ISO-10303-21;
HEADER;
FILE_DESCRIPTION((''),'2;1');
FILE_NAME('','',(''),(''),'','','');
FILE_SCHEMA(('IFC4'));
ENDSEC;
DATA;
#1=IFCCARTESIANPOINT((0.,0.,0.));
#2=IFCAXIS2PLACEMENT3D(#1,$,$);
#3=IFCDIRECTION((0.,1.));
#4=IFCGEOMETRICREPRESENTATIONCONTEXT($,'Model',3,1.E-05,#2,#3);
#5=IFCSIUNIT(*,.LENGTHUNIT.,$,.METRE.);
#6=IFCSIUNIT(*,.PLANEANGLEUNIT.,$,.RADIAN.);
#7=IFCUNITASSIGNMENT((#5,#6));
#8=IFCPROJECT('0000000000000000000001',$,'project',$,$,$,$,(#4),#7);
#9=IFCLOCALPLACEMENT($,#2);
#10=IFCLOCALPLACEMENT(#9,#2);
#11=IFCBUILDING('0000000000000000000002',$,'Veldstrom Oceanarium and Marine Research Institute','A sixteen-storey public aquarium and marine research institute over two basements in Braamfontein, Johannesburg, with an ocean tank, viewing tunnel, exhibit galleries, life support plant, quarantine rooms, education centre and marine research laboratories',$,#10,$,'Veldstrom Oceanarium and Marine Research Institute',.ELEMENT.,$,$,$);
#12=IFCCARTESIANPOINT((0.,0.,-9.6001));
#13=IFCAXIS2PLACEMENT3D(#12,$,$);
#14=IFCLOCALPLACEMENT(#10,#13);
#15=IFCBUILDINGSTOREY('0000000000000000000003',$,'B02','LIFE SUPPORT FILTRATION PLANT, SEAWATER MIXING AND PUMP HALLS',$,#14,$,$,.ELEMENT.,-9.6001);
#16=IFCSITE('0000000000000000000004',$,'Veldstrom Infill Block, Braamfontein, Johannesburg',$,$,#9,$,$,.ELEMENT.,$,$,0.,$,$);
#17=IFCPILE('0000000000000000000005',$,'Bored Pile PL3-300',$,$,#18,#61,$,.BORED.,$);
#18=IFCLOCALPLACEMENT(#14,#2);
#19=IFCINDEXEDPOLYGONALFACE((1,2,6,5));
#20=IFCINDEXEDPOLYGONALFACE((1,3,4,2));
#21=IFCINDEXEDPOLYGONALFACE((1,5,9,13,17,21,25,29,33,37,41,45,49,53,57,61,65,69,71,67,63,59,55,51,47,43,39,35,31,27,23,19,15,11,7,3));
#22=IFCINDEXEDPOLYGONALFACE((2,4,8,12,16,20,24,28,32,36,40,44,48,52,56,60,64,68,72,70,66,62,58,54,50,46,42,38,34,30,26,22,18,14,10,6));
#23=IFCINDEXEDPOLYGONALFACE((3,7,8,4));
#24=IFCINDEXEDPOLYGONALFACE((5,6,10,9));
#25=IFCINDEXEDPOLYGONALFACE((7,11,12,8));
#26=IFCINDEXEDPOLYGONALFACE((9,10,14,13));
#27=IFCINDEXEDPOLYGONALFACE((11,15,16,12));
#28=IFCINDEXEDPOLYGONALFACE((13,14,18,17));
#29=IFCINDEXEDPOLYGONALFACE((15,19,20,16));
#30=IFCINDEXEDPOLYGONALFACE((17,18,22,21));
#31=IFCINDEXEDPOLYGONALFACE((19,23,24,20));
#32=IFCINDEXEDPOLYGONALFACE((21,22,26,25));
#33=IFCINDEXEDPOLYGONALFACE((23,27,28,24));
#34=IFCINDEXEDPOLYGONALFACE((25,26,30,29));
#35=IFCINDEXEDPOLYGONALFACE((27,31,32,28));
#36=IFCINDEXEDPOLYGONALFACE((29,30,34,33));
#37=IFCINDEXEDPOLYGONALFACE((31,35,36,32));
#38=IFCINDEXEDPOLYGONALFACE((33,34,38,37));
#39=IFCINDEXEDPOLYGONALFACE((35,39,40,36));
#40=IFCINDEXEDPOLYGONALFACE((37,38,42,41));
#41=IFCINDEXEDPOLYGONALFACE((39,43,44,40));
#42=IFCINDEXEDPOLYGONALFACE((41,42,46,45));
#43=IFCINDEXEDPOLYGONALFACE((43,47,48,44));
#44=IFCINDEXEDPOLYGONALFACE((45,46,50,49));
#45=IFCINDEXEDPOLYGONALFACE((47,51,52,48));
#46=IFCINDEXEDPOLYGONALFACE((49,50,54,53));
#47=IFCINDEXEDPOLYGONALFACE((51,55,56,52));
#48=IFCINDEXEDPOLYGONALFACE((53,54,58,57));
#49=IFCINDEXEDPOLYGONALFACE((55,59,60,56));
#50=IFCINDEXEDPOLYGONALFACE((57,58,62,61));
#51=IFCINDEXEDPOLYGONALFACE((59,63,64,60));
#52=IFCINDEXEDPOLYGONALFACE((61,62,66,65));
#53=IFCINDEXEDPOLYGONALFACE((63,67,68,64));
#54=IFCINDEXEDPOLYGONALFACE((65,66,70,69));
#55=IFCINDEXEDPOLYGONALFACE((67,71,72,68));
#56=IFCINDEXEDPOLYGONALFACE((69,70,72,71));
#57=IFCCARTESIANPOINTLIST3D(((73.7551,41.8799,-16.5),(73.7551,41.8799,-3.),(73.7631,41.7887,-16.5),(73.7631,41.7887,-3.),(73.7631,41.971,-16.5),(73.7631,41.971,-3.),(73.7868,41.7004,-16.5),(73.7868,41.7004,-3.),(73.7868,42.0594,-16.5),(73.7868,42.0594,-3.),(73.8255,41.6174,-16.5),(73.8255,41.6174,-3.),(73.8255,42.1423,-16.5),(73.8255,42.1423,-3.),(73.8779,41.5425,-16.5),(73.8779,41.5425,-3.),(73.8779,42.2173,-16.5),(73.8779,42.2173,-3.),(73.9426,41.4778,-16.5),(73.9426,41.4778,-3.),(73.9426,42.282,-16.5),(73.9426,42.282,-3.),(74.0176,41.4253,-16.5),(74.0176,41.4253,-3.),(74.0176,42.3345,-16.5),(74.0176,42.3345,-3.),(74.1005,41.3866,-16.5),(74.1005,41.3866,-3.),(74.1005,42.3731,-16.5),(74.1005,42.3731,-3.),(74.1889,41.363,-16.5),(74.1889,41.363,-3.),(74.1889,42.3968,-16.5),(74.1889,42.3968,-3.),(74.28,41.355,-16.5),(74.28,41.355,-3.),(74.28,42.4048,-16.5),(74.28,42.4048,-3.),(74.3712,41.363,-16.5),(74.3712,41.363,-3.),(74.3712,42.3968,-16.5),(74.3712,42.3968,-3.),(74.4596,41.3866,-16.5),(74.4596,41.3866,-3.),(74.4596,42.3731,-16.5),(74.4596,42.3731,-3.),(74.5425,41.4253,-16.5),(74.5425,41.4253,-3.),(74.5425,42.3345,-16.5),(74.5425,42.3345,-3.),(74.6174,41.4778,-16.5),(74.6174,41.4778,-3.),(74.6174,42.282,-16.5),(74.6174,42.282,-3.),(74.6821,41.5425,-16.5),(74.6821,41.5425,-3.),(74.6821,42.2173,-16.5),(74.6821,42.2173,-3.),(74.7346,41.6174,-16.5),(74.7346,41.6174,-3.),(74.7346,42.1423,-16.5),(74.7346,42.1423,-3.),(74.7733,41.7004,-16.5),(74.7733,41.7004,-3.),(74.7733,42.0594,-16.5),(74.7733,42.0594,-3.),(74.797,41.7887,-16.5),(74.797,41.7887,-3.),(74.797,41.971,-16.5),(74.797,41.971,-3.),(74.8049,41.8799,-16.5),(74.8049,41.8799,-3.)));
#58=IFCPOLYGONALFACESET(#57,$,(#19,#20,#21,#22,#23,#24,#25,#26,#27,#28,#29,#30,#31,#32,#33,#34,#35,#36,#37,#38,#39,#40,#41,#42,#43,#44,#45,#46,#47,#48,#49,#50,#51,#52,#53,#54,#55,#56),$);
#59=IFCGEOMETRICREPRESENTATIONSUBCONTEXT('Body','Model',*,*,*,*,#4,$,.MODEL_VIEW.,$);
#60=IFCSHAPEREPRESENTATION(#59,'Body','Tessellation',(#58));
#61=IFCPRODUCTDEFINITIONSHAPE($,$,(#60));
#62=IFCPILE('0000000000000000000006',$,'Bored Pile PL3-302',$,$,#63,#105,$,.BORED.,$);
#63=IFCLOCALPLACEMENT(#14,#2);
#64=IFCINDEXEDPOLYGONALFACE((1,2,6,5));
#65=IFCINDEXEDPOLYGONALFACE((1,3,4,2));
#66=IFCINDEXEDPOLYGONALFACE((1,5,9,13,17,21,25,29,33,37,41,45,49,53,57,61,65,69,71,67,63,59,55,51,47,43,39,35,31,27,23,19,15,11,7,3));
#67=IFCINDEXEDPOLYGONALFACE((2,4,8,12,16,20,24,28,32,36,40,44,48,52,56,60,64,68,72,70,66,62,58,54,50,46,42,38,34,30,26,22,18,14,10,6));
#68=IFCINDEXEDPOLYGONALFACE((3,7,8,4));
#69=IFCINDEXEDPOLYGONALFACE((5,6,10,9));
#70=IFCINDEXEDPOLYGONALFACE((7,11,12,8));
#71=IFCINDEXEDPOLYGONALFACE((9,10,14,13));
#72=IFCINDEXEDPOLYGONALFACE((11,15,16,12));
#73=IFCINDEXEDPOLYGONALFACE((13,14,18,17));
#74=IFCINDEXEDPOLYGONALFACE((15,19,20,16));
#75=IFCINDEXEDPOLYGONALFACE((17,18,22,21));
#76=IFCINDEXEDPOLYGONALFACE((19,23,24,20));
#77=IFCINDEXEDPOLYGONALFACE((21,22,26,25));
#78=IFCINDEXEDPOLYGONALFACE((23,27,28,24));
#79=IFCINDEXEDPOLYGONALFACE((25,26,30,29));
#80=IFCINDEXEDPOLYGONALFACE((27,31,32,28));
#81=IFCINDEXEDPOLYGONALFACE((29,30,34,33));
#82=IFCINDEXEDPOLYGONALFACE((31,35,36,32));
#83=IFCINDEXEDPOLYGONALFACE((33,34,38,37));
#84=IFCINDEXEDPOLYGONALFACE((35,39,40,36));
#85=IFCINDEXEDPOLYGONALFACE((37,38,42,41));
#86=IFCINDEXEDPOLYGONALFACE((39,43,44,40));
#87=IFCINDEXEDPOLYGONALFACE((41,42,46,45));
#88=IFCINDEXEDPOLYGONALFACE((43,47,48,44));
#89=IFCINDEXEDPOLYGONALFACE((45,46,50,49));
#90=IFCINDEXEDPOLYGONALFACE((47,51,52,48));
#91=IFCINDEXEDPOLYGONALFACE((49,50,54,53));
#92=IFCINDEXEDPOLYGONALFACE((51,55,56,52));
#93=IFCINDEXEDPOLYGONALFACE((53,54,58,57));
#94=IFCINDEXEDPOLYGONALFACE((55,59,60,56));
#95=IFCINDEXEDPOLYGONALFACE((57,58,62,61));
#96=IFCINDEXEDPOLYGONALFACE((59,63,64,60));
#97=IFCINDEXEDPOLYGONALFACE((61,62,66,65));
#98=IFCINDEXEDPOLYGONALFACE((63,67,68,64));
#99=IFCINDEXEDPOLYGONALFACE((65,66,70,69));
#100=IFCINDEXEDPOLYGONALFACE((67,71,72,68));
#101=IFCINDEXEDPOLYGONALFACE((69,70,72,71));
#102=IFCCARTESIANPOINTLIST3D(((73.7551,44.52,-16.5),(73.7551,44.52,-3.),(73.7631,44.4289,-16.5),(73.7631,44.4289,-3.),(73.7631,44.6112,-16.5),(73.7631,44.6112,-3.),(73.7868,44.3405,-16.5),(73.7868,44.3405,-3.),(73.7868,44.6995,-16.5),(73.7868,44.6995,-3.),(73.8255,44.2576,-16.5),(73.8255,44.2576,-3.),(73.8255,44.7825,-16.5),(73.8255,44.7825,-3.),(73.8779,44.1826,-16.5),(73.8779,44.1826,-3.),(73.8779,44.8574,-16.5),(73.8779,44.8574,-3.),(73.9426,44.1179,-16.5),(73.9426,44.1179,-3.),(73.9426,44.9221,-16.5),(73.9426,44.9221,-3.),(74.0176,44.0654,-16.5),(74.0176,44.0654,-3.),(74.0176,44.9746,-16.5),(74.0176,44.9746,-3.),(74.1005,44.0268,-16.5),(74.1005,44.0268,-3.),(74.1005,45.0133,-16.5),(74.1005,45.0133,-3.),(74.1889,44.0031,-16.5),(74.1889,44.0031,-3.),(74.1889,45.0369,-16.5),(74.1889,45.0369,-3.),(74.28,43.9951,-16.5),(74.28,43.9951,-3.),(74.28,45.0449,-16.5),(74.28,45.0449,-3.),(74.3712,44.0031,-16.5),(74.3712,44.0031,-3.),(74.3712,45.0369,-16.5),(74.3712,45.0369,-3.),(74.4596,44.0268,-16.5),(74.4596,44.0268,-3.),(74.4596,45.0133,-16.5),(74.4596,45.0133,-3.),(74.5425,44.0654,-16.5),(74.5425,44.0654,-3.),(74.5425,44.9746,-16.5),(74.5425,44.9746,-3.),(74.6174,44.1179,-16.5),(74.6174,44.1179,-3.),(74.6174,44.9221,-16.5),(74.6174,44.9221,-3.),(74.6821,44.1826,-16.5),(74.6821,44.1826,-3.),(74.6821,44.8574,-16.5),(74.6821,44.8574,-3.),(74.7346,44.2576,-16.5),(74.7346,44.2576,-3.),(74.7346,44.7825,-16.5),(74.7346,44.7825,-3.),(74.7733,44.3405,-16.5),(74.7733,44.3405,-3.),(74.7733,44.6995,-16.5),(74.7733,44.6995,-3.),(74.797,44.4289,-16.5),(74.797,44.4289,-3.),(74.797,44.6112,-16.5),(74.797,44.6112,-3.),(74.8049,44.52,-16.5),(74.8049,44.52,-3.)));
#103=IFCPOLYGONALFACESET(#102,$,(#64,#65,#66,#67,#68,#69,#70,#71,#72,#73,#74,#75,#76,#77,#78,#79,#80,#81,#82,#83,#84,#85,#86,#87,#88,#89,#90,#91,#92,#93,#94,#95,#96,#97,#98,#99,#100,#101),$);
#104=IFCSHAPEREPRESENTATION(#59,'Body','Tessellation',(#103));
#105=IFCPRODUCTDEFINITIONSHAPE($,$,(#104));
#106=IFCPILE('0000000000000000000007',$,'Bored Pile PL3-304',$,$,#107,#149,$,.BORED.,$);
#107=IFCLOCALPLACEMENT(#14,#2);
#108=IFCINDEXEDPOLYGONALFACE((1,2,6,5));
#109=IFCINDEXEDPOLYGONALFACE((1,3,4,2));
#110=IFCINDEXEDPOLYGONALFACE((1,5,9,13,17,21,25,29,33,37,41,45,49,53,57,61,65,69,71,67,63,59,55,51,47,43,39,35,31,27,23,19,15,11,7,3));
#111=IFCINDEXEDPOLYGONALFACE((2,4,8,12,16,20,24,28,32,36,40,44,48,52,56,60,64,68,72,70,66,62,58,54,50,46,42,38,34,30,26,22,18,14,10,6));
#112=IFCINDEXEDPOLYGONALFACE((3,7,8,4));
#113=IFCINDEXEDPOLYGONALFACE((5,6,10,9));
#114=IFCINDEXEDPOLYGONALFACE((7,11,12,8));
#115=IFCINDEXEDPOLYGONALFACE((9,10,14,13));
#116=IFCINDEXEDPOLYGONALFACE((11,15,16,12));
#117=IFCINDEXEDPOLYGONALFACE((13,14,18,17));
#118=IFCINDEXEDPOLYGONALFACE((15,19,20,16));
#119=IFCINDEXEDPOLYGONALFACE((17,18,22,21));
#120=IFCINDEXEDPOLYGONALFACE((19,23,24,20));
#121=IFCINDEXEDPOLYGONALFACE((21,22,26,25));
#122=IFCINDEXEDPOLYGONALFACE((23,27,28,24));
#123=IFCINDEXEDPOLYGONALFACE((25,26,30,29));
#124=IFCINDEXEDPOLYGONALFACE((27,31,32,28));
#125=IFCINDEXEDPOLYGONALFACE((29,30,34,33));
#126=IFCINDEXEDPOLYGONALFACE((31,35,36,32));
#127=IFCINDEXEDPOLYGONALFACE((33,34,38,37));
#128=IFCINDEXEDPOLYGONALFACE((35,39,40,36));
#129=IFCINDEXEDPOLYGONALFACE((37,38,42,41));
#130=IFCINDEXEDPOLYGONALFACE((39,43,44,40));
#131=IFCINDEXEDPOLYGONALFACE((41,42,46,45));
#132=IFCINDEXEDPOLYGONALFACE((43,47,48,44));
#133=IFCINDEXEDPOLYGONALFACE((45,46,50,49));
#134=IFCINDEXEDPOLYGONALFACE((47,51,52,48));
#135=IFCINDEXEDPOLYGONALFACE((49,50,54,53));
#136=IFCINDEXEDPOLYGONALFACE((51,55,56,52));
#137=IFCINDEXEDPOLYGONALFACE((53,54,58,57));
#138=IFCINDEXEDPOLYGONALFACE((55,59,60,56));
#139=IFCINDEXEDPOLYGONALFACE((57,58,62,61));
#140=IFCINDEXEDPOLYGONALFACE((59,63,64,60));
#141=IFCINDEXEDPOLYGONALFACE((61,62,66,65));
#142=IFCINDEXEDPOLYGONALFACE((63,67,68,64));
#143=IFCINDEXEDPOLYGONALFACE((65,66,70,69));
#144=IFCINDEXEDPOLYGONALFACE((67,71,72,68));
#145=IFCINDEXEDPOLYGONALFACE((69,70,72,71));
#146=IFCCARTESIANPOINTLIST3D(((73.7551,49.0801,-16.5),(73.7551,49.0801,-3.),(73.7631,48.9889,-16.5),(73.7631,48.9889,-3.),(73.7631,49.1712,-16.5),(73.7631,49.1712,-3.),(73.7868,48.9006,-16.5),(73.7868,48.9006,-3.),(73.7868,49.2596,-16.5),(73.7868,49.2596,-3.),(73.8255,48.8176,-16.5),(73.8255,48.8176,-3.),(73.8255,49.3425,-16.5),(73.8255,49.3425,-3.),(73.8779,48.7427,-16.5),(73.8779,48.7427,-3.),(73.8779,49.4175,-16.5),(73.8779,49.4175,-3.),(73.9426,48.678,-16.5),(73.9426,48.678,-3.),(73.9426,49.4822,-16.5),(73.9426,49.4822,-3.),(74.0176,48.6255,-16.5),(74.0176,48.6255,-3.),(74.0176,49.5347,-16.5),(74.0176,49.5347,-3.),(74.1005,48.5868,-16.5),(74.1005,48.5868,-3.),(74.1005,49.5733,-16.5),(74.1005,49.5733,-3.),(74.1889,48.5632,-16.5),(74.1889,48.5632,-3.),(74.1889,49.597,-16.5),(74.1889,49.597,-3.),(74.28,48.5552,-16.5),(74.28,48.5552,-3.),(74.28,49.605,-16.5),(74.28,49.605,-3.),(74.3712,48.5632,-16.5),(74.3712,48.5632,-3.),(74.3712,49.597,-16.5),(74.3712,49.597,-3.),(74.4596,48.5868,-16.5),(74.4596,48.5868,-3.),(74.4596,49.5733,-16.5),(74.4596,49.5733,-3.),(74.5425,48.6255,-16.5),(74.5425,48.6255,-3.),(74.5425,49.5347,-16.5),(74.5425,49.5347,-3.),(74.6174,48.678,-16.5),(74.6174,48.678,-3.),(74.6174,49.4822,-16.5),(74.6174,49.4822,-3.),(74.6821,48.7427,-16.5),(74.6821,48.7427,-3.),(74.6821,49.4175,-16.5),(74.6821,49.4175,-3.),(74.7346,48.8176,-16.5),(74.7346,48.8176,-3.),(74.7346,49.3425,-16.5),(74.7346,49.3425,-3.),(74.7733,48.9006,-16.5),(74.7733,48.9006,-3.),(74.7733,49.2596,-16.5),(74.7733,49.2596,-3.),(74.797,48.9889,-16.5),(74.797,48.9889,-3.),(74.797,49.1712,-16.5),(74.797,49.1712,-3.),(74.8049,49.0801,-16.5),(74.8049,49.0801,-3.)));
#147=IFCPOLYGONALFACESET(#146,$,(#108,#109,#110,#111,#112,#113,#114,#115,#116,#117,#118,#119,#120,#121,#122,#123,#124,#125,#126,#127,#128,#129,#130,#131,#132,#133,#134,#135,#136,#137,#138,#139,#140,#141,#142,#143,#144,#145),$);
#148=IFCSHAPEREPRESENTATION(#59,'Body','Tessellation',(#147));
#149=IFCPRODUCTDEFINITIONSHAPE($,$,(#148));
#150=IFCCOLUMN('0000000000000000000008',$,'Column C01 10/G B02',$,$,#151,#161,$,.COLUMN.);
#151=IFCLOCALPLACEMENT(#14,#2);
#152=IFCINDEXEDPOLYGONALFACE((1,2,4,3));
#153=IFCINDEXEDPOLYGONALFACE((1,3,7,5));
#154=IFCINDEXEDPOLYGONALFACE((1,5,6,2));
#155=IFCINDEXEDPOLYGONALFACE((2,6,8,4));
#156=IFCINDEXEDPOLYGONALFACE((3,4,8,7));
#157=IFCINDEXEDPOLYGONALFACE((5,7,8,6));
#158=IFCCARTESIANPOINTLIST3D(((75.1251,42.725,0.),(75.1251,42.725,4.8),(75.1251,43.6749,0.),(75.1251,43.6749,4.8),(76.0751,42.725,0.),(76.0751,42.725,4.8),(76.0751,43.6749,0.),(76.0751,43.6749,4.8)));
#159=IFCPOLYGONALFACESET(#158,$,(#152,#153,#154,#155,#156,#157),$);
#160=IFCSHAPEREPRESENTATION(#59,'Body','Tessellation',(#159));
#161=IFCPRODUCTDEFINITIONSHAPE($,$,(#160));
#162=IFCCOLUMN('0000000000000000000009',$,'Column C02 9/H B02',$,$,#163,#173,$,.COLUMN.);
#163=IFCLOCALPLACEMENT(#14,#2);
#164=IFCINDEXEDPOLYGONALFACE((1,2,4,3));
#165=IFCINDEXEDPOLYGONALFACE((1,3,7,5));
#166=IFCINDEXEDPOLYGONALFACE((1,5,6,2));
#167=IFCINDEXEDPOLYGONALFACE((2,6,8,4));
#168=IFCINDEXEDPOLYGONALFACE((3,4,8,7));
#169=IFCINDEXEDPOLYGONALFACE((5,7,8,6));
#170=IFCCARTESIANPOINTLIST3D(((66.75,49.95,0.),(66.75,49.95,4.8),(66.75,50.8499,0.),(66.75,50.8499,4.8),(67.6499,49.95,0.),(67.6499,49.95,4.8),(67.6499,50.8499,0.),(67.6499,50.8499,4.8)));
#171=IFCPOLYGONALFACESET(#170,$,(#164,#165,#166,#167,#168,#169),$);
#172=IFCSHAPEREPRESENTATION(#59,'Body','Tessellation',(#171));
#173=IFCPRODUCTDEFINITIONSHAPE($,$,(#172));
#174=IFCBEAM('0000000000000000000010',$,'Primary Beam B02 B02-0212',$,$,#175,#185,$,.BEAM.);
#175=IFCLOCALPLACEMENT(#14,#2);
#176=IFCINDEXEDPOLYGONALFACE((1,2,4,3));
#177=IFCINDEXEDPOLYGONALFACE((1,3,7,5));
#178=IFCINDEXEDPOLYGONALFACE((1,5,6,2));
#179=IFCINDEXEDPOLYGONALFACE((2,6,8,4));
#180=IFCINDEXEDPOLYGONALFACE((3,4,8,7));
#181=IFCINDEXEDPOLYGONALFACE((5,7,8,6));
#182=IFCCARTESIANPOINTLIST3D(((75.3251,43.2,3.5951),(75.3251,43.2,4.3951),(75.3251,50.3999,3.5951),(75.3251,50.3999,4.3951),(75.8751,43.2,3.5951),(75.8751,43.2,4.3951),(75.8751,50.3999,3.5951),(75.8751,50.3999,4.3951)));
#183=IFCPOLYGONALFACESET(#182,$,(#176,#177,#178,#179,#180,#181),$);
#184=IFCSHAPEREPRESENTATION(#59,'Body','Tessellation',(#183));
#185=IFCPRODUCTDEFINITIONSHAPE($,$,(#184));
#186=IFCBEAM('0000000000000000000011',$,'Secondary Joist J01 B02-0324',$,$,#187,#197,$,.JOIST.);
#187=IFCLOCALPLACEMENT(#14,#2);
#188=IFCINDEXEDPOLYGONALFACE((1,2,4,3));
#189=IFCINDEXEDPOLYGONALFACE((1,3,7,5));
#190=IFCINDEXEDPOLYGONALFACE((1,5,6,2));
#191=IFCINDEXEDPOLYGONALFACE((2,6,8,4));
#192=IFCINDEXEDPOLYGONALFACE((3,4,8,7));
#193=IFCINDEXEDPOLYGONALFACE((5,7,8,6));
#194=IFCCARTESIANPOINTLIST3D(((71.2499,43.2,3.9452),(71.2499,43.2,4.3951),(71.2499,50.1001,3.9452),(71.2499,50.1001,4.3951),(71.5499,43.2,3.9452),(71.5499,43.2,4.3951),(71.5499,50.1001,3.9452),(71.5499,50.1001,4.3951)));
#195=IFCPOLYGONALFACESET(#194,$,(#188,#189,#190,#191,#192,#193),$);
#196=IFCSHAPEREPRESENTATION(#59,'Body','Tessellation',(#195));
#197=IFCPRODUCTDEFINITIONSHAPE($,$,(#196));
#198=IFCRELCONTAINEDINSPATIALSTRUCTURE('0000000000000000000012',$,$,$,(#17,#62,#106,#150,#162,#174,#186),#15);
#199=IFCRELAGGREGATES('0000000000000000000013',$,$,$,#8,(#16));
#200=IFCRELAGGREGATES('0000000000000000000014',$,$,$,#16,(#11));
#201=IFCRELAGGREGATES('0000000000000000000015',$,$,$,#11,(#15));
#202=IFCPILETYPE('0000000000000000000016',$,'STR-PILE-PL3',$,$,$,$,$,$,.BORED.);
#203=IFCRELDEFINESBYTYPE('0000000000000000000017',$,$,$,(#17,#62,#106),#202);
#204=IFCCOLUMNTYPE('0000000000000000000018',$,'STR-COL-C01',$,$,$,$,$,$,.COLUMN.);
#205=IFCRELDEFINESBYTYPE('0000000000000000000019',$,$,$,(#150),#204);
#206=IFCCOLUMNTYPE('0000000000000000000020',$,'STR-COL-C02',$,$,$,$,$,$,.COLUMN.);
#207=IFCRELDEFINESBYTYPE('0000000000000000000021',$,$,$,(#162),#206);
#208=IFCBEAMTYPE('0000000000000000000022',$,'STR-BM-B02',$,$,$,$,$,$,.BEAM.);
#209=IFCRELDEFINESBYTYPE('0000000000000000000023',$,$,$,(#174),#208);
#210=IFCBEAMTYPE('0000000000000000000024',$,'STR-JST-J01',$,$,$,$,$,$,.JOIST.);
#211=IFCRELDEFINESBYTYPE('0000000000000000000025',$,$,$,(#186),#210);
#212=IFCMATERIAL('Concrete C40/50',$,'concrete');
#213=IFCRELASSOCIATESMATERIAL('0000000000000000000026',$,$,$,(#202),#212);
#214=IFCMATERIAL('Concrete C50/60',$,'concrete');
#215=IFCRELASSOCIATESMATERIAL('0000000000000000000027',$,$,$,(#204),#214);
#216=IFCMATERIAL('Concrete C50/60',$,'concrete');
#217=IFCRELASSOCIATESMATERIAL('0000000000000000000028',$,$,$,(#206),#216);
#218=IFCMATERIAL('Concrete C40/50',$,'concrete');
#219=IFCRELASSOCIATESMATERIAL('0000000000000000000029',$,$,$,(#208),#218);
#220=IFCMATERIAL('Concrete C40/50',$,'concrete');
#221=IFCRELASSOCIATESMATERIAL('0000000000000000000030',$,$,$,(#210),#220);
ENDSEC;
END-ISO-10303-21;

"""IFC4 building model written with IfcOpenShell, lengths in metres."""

from ifc_helpers import new_model, si_unit, direction, frame, origin, origin_2d, place, context, subcontext, project, spatial, rectangle, circle, extrude, material, material_profile, profile_set, type_object, element, save


model = new_model("IFC4")

# Units and contexts
model_context = context("Model", 3, precision=1e-05, world=origin(), true_north=direction((0.0, 1.0)))
body_context = subcontext(model_context, "Body", "Model", "MODEL_VIEW")
ifc_project = project(units=[si_unit("LENGTHUNIT", "METRE"), si_unit("PLANEANGLEUNIT", "RADIAN")], contexts=[model_context])

# Site, building, storey
site_placement = place(None, origin())
site = spatial("IfcSite", under=ifc_project, at=site_placement, Name="Veldstrom Infill Block, Braamfontein, Johannesburg", CompositionType="ELEMENT", RefElevation=0.0)
building_placement = place(site_placement, origin())
building = spatial("IfcBuilding", under=site, at=building_placement, Name="Veldstrom Oceanarium and Marine Research Institute", Description="A sixteen-storey public aquarium and marine research institute over two basements in Braamfontein, Johannesburg, with an ocean tank, viewing tunnel, exhibit galleries, life support plant, quarantine rooms, education centre and marine research laboratories", LongName="Veldstrom Oceanarium and Marine Research Institute", CompositionType="ELEMENT")
storey_placement = place(building_placement, frame((0.0, 0.0, -9.6001)))
storey = spatial("IfcBuildingStorey", under=building, at=storey_placement, Name="B02", Description="LIFE SUPPORT FILTRATION PLANT, SEAWATER MIXING AND PUMP HALLS", CompositionType="ELEMENT", Elevation=-9.6001)

# Piles
ifc_material_1 = material(Name="Concrete C40/50", Category="concrete")
ifc_material_profile_1 = material_profile(ifc_material_1, circle(Radius=0.5249, at=origin_2d()), Name="PILE-D1050")
ifc_profile_set_1 = profile_set([ifc_material_profile_1], Name="Concrete C40/50")
pile_type_1 = type_object("IfcPileType", Name="STR-PILE-PL3", PredefinedType="BORED", material=ifc_profile_set_1)
for number, where, z_axis, x_axis, name in (
    (1, (74.28, 41.8799, -3.0), (0.0, 0.0, -1.0), (1.0, 0.0, 0.0), "Bored Pile PL3-300"),
    (2, (74.28, 44.52, -3.0), (0.0, 0.0, -1.0), (1.0, 0.0, 0.0), "Bored Pile PL3-302"),
    (3, (74.28, 49.0801, -3.0), (0.0, 0.0, -1.0), (1.0, 0.0, 0.0), "Bored Pile PL3-304"),
):
    element("IfcPile", number, at=place(storey_placement, frame(where, z_axis=z_axis, x_axis=x_axis)), inside=storey, type_object=pile_type_1, Name=name, PredefinedType="BORED", context=body_context, shape_type="SweptSolid", body=[
        extrude(circle(Radius=0.5249, at=origin_2d()), origin(), (0.0, 0.0, 1.0), 13.5),
    ])

# Columns
ifc_material_2 = material(Name="Concrete C50/60", Category="concrete")
ifc_material_profile_2 = material_profile(ifc_material_2, rectangle(XDim=0.95, YDim=0.95, at=origin_2d()), Name="RC-COL-950x950")
ifc_profile_set_2 = profile_set([ifc_material_profile_2], Name="Concrete C50/60")
column_type_1 = type_object("IfcColumnType", Name="STR-COL-C01", PredefinedType="COLUMN", material=ifc_profile_set_2)
column_1_placement = place(storey_placement, frame((75.6001, 43.2, 0.0), z_axis=(0.0, 0.0, 1.0), x_axis=(1.0, 0.0, 0.0)))
element("IfcColumn", 4, at=column_1_placement, inside=storey, type_object=column_type_1, Name="Column C01 10/G B02", PredefinedType="COLUMN", context=body_context, shape_type="SweptSolid", body=[
    extrude(rectangle(XDim=0.95, YDim=0.95, at=origin_2d()), origin(), (0.0, 0.0, 1.0), 4.8),
])
ifc_material_3 = material(Name="Concrete C50/60", Category="concrete")
ifc_material_profile_3 = material_profile(ifc_material_3, rectangle(XDim=0.8999, YDim=0.8999, at=origin_2d()), Name="RC-COL-900x900")
ifc_profile_set_3 = profile_set([ifc_material_profile_3], Name="Concrete C50/60")
column_type_2 = type_object("IfcColumnType", Name="STR-COL-C02", PredefinedType="COLUMN", material=ifc_profile_set_3)
column_2_placement = place(storey_placement, frame((67.2, 50.3999, 0.0), z_axis=(0.0, 0.0, 1.0), x_axis=(1.0, 0.0, 0.0)))
element("IfcColumn", 5, at=column_2_placement, inside=storey, type_object=column_type_2, Name="Column C02 9/H B02", PredefinedType="COLUMN", context=body_context, shape_type="SweptSolid", body=[
    extrude(rectangle(XDim=0.8999, YDim=0.8999, at=origin_2d()), origin(), (0.0, 0.0, 1.0), 4.8),
])

# Beams
ifc_material_4 = material(Name="Concrete C40/50", Category="concrete")
ifc_material_profile_4 = material_profile(ifc_material_4, rectangle(XDim=0.55, YDim=0.8, at=origin_2d()), Name="RC-BM-550x800")
ifc_profile_set_4 = profile_set([ifc_material_profile_4], Name="Concrete C40/50")
beam_type_1 = type_object("IfcBeamType", Name="STR-BM-B02", PredefinedType="BEAM", material=ifc_profile_set_4)
beam_1_placement = place(storey_placement, frame((75.6001, 43.2, 3.9951), z_axis=(0.0, 1.0, 0.0), x_axis=(-1.0, 0.0, 0.0)))
element("IfcBeam", 6, at=beam_1_placement, inside=storey, type_object=beam_type_1, Name="Primary Beam B02 B02-0212", PredefinedType="BEAM", context=body_context, shape_type="SweptSolid", body=[
    extrude(rectangle(XDim=0.55, YDim=0.8, at=origin_2d()), origin(), (0.0, 0.0, 1.0), 7.2),
])
ifc_material_5 = material(Name="Concrete C40/50", Category="concrete")
ifc_material_profile_5 = material_profile(ifc_material_5, rectangle(XDim=0.3, YDim=0.45, at=origin_2d()), Name="RC-JST-300x450")
ifc_profile_set_5 = profile_set([ifc_material_profile_5], Name="Concrete C40/50")
beam_type_2 = type_object("IfcBeamType", Name="STR-JST-J01", PredefinedType="JOIST", material=ifc_profile_set_5)
beam_2_placement = place(storey_placement, frame((71.3999, 43.2, 4.1702), z_axis=(0.0, 1.0, 0.0), x_axis=(-1.0, 0.0, 0.0)))
element("IfcBeam", 7, at=beam_2_placement, inside=storey, type_object=beam_type_2, Name="Secondary Joist J01 B02-0324", PredefinedType="JOIST", context=body_context, shape_type="SweptSolid", body=[
    extrude(rectangle(XDim=0.3, YDim=0.45, at=origin_2d()), origin(), (0.0, 0.0, 1.0), 6.9001),
])

save(model, "model.ifc")
